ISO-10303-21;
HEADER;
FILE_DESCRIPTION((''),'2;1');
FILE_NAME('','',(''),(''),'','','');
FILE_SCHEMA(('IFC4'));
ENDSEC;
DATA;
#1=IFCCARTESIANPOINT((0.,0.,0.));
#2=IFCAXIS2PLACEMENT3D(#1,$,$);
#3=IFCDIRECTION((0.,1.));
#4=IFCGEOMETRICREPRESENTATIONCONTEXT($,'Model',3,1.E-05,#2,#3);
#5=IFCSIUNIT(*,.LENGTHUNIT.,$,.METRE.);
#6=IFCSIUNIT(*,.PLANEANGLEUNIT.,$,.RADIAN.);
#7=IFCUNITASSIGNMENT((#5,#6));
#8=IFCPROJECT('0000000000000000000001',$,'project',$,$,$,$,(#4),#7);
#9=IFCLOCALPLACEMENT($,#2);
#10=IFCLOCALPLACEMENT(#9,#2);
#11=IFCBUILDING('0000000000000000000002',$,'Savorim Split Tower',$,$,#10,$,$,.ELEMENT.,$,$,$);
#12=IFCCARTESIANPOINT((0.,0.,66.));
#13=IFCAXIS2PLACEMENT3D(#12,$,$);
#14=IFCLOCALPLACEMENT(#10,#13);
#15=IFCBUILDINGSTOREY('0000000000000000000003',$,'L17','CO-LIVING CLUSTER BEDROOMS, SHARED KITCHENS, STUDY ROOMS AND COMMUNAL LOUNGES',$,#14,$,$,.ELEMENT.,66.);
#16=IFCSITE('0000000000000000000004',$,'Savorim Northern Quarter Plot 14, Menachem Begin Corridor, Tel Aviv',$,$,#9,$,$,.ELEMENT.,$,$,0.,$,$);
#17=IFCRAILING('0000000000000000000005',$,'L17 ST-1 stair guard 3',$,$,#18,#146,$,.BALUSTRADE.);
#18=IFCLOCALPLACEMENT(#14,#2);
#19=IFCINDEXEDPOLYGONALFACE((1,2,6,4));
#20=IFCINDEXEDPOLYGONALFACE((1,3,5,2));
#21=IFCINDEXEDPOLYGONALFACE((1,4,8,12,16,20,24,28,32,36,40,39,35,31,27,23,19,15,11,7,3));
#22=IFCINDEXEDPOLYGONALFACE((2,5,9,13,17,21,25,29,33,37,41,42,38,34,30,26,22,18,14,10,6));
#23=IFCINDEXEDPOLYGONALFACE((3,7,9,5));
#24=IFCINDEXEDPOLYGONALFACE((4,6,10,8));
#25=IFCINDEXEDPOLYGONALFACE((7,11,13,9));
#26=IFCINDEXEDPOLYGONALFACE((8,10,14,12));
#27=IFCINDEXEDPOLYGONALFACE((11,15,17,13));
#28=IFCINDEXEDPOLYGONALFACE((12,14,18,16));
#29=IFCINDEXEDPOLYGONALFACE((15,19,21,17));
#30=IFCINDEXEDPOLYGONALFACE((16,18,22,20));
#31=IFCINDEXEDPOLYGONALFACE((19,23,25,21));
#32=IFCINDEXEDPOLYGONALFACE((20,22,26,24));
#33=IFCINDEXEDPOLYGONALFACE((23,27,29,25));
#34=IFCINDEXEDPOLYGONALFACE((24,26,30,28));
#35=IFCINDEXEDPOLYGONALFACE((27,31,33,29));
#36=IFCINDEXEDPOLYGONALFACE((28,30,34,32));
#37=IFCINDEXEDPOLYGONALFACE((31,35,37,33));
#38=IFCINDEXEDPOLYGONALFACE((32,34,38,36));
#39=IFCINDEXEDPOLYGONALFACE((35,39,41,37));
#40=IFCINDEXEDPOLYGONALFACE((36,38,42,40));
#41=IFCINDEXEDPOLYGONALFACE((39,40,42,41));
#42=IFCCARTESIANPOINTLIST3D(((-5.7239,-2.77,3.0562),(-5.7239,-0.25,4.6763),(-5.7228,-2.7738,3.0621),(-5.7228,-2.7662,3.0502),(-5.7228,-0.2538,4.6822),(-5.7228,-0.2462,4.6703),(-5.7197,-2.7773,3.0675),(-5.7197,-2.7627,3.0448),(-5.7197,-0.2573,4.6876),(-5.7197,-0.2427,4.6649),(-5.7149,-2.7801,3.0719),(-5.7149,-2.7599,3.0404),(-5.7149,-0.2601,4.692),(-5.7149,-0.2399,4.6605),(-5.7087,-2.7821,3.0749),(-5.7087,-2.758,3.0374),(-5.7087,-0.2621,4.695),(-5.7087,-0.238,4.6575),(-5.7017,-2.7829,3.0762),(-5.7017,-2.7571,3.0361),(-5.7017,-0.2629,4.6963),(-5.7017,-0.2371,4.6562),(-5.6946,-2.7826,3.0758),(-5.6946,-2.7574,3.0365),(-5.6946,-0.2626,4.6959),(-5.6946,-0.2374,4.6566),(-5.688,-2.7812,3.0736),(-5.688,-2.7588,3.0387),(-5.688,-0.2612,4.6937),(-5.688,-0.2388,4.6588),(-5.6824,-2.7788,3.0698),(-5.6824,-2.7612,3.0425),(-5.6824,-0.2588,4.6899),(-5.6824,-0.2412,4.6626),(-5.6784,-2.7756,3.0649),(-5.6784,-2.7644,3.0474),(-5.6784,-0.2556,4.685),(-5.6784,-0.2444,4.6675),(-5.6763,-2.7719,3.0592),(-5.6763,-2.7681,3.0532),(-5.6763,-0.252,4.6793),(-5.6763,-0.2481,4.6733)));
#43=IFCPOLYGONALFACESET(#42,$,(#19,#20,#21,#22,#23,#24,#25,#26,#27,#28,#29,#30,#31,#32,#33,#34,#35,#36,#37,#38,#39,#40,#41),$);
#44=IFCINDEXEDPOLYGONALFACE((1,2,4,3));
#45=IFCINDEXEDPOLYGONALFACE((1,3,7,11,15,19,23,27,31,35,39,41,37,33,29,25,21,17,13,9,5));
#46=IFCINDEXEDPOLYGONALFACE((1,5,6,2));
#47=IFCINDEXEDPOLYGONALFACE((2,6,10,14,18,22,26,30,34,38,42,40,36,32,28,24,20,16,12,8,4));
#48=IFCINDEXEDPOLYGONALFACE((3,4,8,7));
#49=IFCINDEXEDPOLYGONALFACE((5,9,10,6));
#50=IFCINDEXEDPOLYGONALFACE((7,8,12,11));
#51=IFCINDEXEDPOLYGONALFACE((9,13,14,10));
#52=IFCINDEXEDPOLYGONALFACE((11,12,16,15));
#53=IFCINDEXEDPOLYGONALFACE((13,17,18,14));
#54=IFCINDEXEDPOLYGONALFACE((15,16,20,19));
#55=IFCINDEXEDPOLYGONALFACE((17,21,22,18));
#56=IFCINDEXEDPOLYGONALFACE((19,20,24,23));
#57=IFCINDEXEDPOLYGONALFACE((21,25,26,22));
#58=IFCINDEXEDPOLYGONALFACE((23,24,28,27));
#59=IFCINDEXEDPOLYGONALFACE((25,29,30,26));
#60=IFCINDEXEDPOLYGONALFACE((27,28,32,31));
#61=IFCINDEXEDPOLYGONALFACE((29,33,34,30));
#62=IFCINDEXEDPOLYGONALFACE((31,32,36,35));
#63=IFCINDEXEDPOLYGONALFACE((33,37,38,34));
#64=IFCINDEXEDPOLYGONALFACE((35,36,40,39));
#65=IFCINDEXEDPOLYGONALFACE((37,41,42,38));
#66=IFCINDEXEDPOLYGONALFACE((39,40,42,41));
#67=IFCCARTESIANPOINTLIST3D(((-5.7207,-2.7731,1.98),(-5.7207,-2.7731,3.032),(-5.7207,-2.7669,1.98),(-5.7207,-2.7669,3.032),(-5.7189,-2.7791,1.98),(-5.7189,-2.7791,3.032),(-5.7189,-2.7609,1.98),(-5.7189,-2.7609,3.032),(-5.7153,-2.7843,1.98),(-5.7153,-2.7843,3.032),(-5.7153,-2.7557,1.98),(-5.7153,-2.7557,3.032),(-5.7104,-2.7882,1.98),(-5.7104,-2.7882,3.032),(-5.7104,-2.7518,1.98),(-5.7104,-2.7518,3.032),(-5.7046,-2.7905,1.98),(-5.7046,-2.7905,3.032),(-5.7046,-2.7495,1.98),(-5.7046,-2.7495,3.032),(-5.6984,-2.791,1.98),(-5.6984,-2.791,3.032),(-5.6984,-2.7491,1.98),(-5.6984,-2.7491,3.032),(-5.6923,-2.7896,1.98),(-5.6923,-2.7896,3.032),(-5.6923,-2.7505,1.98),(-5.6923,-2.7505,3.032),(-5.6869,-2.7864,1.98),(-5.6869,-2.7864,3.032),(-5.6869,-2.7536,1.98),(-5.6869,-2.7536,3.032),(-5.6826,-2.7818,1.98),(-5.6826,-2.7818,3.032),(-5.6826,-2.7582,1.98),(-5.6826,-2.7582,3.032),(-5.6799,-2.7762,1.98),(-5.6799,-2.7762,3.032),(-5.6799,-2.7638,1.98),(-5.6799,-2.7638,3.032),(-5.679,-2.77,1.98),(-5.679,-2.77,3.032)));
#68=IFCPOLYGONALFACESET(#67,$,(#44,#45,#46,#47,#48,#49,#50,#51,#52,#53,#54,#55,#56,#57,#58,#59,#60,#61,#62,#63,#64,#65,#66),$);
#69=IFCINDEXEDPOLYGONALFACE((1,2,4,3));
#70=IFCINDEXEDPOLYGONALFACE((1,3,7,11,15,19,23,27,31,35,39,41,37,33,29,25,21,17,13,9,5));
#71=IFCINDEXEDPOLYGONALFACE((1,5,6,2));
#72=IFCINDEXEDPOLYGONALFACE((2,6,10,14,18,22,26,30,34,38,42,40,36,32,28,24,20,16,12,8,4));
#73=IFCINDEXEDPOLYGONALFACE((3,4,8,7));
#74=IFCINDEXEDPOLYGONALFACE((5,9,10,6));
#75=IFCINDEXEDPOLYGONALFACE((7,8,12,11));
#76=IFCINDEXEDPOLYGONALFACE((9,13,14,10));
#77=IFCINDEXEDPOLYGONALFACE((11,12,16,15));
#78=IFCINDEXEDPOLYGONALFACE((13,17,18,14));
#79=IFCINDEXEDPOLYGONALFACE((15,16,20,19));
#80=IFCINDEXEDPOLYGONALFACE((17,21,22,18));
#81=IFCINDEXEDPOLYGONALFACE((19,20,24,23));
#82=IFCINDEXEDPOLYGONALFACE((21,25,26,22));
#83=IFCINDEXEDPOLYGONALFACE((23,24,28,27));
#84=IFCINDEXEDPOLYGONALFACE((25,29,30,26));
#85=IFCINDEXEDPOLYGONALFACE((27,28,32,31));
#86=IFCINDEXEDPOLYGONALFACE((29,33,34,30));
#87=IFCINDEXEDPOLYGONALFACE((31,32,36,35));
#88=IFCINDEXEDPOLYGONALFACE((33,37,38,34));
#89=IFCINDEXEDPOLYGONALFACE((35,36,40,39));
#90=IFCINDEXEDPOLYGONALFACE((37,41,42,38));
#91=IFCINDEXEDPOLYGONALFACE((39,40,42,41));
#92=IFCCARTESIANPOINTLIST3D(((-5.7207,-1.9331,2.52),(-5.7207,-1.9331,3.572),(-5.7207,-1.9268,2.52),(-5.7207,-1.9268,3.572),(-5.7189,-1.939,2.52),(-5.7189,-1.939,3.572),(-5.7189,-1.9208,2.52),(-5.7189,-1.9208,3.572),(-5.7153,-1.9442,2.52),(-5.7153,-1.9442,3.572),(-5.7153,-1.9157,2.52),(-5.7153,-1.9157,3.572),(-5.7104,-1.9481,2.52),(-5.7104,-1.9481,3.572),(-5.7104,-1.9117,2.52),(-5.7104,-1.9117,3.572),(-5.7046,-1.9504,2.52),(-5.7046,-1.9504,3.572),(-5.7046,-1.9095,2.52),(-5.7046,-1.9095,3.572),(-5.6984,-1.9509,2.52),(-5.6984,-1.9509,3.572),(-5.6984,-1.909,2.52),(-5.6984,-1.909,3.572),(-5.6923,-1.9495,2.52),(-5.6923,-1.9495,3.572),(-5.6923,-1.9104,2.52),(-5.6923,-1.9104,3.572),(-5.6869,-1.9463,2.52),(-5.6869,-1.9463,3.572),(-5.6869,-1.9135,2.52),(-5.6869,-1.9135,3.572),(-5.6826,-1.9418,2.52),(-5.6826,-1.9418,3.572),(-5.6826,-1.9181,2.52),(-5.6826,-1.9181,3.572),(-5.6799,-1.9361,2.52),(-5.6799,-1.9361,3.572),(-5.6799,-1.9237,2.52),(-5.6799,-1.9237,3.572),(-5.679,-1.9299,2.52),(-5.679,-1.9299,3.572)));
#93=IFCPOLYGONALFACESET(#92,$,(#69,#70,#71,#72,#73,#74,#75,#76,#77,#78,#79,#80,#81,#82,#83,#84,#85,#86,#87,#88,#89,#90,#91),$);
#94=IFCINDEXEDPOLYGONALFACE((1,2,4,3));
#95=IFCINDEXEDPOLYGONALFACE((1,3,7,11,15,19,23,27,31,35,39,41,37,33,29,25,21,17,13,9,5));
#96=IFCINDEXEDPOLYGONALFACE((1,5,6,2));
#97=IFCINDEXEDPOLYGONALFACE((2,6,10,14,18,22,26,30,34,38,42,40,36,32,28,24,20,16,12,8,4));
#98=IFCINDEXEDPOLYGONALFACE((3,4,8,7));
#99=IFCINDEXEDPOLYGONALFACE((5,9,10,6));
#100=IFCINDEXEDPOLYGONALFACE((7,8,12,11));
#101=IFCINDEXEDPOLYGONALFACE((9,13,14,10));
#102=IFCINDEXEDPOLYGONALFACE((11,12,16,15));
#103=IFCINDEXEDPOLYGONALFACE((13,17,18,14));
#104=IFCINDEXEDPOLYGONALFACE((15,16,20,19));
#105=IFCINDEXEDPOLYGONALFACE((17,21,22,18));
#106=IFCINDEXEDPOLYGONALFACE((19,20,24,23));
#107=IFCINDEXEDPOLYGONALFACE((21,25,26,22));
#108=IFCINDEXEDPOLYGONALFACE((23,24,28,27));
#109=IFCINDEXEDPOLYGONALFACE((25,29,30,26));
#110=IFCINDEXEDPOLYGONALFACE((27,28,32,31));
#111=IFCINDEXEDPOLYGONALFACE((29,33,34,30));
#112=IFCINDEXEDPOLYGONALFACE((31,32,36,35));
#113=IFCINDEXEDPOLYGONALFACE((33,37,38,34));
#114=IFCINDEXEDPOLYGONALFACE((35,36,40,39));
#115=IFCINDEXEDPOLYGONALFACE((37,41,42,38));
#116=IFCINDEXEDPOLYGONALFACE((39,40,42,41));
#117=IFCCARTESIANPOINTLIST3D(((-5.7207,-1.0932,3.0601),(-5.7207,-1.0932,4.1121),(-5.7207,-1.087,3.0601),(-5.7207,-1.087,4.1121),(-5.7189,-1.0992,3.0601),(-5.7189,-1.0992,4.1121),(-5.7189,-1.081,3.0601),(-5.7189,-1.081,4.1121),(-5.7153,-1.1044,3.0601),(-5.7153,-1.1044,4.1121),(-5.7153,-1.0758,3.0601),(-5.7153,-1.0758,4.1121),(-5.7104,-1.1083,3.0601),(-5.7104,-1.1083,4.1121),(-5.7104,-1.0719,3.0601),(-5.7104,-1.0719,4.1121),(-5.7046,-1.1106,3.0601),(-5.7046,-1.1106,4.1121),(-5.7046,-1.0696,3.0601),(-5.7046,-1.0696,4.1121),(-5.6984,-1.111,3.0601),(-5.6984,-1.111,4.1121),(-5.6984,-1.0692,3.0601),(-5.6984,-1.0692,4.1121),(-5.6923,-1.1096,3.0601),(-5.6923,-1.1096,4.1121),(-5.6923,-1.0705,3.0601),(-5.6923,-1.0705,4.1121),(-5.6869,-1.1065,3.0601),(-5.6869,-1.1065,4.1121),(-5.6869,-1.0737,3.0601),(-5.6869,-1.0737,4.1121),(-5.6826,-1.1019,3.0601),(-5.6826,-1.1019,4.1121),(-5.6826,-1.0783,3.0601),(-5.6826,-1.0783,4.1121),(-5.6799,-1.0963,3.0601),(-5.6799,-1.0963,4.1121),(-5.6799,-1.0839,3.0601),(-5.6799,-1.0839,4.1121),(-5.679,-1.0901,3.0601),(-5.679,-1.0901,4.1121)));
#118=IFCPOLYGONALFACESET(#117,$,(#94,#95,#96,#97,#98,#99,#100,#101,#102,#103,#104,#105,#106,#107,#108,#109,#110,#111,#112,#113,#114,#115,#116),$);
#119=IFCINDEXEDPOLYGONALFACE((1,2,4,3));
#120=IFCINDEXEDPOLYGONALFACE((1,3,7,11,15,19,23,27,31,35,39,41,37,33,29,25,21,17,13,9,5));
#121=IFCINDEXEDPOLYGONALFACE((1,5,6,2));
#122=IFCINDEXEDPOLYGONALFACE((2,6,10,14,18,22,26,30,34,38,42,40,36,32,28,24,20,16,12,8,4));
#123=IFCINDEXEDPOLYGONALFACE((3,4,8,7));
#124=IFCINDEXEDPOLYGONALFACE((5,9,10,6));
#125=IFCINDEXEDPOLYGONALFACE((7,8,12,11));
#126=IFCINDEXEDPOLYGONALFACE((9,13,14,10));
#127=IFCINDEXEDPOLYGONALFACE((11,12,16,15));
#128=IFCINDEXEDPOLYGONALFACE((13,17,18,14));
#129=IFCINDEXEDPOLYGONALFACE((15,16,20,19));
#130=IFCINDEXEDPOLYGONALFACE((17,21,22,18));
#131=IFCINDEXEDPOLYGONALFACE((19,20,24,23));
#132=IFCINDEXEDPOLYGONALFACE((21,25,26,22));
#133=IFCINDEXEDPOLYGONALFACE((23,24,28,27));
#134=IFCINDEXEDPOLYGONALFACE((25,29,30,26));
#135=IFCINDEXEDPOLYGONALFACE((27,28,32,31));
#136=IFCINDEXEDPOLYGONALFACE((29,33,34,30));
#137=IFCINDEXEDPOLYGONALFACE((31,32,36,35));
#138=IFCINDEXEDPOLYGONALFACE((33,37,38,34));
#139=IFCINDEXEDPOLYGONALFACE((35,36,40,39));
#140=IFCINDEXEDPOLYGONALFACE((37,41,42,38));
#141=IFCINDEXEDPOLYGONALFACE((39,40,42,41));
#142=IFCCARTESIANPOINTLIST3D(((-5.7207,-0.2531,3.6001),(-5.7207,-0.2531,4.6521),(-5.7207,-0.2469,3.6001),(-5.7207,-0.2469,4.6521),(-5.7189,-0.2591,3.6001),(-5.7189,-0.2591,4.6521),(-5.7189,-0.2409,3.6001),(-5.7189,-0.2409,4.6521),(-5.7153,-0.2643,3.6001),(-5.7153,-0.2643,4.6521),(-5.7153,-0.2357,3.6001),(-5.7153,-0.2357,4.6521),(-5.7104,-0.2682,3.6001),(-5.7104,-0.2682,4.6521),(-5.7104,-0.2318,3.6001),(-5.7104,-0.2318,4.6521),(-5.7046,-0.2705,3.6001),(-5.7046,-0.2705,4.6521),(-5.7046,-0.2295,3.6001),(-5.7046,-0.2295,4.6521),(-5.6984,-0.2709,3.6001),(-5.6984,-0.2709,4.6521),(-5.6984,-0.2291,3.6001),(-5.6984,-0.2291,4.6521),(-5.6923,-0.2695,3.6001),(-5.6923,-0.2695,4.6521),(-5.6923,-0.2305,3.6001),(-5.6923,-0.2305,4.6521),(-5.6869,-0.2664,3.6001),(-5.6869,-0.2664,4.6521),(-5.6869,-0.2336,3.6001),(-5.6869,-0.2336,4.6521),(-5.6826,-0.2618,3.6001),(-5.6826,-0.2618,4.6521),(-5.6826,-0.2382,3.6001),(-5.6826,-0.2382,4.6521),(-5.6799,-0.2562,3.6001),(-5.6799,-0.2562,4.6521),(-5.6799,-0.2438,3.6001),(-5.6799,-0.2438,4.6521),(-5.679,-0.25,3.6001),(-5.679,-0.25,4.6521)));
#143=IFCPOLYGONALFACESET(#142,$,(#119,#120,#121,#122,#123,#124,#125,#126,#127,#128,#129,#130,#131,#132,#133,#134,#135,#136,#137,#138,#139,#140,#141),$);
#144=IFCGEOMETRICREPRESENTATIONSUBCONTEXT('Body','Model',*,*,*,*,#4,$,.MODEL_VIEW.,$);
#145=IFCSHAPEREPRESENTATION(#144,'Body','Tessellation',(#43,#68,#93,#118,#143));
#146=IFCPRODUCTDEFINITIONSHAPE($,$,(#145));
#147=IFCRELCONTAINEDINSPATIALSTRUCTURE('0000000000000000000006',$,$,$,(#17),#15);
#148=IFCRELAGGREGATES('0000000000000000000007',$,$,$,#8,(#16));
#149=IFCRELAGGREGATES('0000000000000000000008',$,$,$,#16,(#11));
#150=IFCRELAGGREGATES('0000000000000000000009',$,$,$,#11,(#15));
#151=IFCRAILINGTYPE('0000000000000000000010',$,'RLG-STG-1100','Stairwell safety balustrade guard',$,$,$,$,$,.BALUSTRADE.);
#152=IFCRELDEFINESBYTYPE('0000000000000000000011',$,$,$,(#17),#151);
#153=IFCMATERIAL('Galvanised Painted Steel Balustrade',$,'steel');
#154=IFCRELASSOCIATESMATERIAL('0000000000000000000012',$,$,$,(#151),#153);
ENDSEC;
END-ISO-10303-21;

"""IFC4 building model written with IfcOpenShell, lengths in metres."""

from ifc_helpers import new_model, si_unit, direction, frame, origin, origin_2d, place, context, subcontext, project, spatial, circle, extrude, material, type_object, element, save


model = new_model("IFC4")

# Units and contexts
model_context = context("Model", 3, precision=1e-05, world=origin(), true_north=direction((0.0, 1.0)))
body_context = subcontext(model_context, "Body", "Model", "MODEL_VIEW")
ifc_project = project(units=[si_unit("LENGTHUNIT", "METRE"), si_unit("PLANEANGLEUNIT", "RADIAN")], contexts=[model_context])

# Site, building, storey
site_placement = place(None, origin())
site = spatial("IfcSite", under=ifc_project, at=site_placement, Name="Savorim Northern Quarter Plot 14, Menachem Begin Corridor, Tel Aviv", CompositionType="ELEMENT", RefElevation=0.0)
building_placement = place(site_placement, origin())
building = spatial("IfcBuilding", under=site, at=building_placement, Name="Savorim Split Tower", CompositionType="ELEMENT")
storey_placement = place(building_placement, frame((0.0, 0.0, 66.0)))
storey = spatial("IfcBuildingStorey", under=building, at=storey_placement, Name="L17", Description="CO-LIVING CLUSTER BEDROOMS, SHARED KITCHENS, STUDY ROOMS AND COMMUNAL LOUNGES", CompositionType="ELEMENT", Elevation=66.0)

# Railing
ifc_material_1 = material(Name="Galvanised Painted Steel Balustrade", Category="steel")
railing_type_1 = type_object("IfcRailingType", Name="RLG-STG-1100", Description="Stairwell safety balustrade guard", PredefinedType="BALUSTRADE", material=ifc_material_1)
railing_1_placement = place(storey_placement, frame((-5.7, -2.77, 1.98)))
element("IfcRailing", 1, at=railing_1_placement, inside=storey, type_object=railing_type_1, Name="L17 ST-1 stair guard 3", PredefinedType="BALUSTRADE", context=body_context, shape_type="SweptSolid", body=[
    extrude(circle(Radius=0.0239, at=origin_2d()), frame((0.0, 0.0, 1.0762), z_axis=(0.0, 0.841163, 0.540782), x_axis=(-1.0, 0.0, 0.0)), (0.0, 0.0, 1.0), 2.9958),
    extrude(circle(Radius=0.021, at=origin_2d()), origin(), (0.0, 0.0, 1.0), 1.052),
    extrude(circle(Radius=0.021, at=origin_2d()), frame((0.0, 0.8401, 0.54)), (0.0, 0.0, 1.0), 1.052),
    extrude(circle(Radius=0.021, at=origin_2d()), frame((0.0, 1.6799, 1.0801)), (0.0, 0.0, 1.0), 1.052),
    extrude(circle(Radius=0.021, at=origin_2d()), frame((0.0, 2.52, 1.6201)), (0.0, 0.0, 1.0), 1.052),
])

save(model, "model.ifc")
